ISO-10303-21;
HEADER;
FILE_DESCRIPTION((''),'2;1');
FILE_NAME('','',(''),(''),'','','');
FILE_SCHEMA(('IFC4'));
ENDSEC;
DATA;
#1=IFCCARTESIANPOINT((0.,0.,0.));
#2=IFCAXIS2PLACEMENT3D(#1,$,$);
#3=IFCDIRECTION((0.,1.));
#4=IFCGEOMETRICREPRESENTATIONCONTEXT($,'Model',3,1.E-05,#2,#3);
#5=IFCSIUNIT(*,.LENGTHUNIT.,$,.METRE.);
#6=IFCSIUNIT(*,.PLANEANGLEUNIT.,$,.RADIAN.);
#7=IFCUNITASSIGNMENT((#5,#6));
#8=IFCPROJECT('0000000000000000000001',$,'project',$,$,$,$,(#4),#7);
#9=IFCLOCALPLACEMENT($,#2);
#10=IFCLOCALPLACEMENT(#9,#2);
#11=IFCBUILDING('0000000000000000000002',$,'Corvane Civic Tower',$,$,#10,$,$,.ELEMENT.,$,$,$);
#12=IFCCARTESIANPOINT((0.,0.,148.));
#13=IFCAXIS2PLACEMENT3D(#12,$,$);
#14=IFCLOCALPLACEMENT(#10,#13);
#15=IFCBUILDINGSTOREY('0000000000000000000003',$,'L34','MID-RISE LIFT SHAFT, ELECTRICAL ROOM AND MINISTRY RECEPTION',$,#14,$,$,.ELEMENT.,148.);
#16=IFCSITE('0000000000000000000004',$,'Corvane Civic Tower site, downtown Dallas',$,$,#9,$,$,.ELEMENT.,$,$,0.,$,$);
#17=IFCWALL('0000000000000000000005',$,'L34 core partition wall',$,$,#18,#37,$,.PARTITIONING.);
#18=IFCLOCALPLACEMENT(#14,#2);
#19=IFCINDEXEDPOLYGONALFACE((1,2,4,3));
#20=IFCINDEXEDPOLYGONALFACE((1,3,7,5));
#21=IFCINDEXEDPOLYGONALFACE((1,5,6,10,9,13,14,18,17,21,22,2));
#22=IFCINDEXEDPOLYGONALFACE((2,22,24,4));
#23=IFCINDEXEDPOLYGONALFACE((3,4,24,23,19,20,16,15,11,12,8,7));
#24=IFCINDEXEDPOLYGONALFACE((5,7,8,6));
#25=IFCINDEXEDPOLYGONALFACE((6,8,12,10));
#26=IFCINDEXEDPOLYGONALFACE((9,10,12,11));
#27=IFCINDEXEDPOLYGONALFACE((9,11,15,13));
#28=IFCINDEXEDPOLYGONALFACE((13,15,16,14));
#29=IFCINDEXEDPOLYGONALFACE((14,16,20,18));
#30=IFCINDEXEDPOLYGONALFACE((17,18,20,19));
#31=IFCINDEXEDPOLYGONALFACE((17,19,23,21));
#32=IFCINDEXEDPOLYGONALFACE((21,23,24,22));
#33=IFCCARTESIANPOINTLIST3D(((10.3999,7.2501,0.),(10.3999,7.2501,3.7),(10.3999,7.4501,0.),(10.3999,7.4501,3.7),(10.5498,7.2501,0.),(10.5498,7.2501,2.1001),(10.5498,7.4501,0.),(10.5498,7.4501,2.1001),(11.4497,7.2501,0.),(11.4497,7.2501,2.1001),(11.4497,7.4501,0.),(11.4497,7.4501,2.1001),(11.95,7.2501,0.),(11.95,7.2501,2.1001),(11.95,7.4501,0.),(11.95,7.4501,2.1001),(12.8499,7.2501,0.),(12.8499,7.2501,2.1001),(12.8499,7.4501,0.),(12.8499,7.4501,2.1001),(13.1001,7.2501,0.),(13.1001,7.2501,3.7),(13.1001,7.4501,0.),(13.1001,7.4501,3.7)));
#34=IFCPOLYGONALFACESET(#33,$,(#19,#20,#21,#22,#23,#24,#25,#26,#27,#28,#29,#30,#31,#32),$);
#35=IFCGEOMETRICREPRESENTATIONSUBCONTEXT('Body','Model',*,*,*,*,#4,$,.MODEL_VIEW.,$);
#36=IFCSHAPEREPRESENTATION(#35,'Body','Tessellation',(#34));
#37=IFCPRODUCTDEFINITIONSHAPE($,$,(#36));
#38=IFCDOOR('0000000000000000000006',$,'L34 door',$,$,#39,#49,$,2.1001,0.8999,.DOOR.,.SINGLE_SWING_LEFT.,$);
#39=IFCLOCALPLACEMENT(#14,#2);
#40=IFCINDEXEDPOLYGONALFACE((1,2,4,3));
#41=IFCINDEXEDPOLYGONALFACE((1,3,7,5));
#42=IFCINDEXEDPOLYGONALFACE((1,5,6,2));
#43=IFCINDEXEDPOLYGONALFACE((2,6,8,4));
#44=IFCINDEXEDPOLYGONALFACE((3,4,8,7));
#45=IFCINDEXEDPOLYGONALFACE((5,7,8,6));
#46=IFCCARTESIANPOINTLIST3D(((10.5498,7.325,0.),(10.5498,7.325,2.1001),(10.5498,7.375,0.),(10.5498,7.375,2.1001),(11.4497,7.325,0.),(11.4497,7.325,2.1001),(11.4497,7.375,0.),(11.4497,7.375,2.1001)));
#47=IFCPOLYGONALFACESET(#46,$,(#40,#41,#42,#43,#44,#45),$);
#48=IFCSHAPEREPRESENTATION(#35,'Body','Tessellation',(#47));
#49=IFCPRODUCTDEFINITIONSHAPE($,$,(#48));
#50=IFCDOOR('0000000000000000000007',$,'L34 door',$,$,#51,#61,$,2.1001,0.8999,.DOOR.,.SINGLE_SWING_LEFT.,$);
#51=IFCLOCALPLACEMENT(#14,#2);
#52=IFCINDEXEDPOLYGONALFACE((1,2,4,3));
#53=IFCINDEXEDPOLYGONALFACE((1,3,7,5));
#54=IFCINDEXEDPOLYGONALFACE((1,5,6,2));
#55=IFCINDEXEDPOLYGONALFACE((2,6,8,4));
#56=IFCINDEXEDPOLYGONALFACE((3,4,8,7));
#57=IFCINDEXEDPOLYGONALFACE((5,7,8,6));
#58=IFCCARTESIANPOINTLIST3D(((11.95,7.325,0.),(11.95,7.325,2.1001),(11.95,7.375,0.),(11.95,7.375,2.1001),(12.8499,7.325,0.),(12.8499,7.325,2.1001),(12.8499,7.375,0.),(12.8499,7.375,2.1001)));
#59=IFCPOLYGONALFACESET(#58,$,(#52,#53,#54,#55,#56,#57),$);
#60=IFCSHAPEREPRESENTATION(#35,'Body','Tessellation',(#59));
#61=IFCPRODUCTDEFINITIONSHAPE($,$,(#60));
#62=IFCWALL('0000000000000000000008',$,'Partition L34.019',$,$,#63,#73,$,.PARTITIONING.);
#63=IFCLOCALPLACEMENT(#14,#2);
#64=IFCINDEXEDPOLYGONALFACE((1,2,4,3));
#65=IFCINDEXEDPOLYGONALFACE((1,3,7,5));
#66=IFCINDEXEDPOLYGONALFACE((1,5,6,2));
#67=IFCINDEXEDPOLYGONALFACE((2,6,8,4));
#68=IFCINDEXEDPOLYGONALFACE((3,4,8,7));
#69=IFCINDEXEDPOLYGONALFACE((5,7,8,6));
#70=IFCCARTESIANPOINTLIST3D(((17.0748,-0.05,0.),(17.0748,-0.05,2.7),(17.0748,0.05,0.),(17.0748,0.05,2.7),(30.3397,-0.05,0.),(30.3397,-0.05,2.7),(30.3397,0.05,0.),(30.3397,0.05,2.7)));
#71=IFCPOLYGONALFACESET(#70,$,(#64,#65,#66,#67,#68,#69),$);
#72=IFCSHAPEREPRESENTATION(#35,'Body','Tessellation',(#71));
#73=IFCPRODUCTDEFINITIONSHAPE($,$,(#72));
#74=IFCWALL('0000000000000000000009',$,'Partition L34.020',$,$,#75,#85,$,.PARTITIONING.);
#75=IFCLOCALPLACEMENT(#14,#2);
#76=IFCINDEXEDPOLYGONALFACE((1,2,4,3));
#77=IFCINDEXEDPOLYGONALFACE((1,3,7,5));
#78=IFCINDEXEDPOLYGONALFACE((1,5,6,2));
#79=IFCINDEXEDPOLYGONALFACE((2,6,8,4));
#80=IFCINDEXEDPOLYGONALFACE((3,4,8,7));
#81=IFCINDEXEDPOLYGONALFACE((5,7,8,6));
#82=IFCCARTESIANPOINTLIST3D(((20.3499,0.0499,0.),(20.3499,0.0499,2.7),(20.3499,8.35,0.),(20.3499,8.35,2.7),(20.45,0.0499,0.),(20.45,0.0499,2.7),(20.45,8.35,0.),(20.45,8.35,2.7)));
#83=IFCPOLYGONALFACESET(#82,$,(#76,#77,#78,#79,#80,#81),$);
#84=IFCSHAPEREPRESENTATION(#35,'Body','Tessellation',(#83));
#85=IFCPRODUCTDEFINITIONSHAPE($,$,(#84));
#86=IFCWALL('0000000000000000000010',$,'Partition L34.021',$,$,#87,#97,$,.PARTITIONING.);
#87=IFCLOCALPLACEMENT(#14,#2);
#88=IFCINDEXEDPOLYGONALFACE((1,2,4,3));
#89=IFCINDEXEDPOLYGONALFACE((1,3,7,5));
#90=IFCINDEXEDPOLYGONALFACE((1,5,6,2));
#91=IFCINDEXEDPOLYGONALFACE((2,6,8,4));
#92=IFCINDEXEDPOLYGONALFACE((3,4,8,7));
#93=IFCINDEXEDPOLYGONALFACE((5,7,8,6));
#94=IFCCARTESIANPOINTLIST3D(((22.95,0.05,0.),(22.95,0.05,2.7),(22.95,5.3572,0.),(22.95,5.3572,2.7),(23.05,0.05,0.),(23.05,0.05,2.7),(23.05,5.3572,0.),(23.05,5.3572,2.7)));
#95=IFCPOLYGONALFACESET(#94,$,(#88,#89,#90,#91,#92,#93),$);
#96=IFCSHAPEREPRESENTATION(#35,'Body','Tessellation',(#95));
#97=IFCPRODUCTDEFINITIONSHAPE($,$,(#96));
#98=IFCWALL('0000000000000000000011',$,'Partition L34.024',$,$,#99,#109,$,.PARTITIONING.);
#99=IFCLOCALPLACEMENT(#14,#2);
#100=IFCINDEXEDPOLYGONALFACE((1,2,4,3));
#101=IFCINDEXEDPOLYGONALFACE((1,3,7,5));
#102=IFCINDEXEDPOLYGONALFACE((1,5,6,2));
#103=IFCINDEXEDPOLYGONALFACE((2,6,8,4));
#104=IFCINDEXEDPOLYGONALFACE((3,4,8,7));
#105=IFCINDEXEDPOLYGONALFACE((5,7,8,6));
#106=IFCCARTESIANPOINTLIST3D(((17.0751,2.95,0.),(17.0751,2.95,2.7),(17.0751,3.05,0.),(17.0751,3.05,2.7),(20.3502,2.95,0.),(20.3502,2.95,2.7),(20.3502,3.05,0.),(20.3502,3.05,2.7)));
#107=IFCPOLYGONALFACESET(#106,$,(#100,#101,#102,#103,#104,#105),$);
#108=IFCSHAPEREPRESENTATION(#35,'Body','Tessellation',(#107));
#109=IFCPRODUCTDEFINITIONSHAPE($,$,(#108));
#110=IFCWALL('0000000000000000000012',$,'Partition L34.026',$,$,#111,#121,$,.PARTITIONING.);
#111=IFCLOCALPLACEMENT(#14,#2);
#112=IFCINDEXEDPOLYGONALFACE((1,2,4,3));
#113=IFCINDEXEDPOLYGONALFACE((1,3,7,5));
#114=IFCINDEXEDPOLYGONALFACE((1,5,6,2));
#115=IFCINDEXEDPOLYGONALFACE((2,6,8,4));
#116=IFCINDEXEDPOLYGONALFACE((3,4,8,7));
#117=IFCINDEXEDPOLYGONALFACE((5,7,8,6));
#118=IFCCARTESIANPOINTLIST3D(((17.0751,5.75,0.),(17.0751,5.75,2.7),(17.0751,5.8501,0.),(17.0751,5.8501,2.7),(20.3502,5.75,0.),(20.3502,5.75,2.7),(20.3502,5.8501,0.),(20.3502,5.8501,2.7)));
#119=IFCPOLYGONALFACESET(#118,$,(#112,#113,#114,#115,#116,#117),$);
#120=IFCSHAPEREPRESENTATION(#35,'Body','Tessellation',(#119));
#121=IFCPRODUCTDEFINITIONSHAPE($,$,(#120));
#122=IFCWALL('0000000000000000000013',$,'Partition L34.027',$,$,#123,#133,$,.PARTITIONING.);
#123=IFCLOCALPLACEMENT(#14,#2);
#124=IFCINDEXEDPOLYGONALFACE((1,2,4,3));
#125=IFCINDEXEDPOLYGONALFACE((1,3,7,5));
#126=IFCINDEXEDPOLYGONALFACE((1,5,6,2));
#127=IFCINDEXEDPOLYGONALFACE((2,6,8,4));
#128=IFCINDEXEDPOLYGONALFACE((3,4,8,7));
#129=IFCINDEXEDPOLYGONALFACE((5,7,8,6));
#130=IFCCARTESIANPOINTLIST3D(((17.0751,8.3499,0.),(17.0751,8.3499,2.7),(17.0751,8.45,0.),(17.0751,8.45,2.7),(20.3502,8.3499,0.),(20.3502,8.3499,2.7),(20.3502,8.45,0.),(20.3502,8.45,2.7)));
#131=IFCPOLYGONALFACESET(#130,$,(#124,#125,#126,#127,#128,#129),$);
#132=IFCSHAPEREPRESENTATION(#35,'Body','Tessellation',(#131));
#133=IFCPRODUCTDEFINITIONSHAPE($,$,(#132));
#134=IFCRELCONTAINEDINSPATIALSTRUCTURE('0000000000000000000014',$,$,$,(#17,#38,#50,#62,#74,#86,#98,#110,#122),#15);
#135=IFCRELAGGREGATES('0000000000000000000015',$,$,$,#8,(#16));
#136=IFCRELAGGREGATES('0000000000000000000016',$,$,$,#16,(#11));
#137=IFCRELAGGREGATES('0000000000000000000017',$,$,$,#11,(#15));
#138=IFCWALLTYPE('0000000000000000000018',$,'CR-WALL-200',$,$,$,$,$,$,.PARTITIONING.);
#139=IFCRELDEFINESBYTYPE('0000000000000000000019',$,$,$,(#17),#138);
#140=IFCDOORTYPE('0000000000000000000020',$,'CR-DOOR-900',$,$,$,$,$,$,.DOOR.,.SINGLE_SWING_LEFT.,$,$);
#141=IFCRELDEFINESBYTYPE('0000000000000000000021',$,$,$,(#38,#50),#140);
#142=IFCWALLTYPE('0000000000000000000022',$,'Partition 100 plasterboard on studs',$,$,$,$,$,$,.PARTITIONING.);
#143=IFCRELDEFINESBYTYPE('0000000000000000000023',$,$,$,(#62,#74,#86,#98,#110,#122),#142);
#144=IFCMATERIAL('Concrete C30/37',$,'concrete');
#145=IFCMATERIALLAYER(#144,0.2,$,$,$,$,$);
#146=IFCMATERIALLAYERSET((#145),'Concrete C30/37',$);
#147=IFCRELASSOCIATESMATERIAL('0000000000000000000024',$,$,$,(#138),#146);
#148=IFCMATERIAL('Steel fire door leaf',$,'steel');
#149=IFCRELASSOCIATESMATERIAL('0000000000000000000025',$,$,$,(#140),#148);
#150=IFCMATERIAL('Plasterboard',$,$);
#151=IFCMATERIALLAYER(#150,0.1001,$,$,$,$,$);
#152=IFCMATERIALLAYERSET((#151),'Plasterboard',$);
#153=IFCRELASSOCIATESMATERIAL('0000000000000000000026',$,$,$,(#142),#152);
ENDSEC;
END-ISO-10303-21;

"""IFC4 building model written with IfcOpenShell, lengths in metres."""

from ifc_helpers import new_model, si_unit, direction, frame, frame_2d, origin, place, context, subcontext, project, spatial, rectangle, extrude, material, layer, layer_set, type_object, element, fill, save


model = new_model("IFC4")

# Units and contexts
model_context = context("Model", 3, precision=1e-05, world=origin(), true_north=direction((0.0, 1.0)))
body_context = subcontext(model_context, "Body", "Model", "MODEL_VIEW")
ifc_project = project(units=[si_unit("LENGTHUNIT", "METRE"), si_unit("PLANEANGLEUNIT", "RADIAN")], contexts=[model_context])

# Site, building, storey
site_placement = place(None, origin())
site = spatial("IfcSite", under=ifc_project, at=site_placement, Name="Corvane Civic Tower site, downtown Dallas", CompositionType="ELEMENT", RefElevation=0.0)
building_placement = place(site_placement, origin())
building = spatial("IfcBuilding", under=site, at=building_placement, Name="Corvane Civic Tower", CompositionType="ELEMENT")
storey_placement = place(building_placement, frame((0.0, 0.0, 148.0)))
storey = spatial("IfcBuildingStorey", under=building, at=storey_placement, Name="L34", Description="MID-RISE LIFT SHAFT, ELECTRICAL ROOM AND MINISTRY RECEPTION", CompositionType="ELEMENT", Elevation=148.0)

# Wall, openings, doors
ifc_material_1 = material(Name="Concrete C30/37", Category="concrete")
ifc_layer_1 = layer(ifc_material_1, 0.2)
ifc_layer_set_1 = layer_set([ifc_layer_1], Name="Concrete C30/37")
wall_type_1 = type_object("IfcWallType", Name="CR-WALL-200", PredefinedType="PARTITIONING", material=ifc_layer_set_1)
wall_1_placement = place(storey_placement, frame((10.3999, 7.3501, 0.0), z_axis=(0.0, 0.0, 1.0), x_axis=(1.0, 0.0, 0.0)))
wall_1 = element("IfcWall", 1, at=wall_1_placement, inside=storey, type_object=wall_type_1, Name="L34 core partition wall", PredefinedType="PARTITIONING", context=body_context, shape_type="SweptSolid", body=[
    extrude(rectangle(XDim=2.7002, YDim=0.2, at=frame_2d((1.3501, 0.0))), origin(), (0.0, 0.0, 1.0), 3.7),
])
opening_1_placement = place(wall_1_placement, frame((0.1499, 0.0, 0.0)))
opening_1 = element("IfcOpeningElement", 2, at=opening_1_placement, cuts=wall_1, PredefinedType="OPENING", context=body_context, shape_type="SweptSolid", body=[
    extrude(rectangle(XDim=0.8999, YDim=2.1001, at=frame_2d((0.45, 1.05))), frame((0.0, 0.1099, 0.0), z_axis=(0.0, -1.0, 0.0), x_axis=(1.0, 0.0, 0.0)), (0.0, 0.0, 1.0), 0.22),
])
opening_2_placement = place(wall_1_placement, frame((1.55, 0.0, 0.0)))
opening_2 = element("IfcOpeningElement", 3, at=opening_2_placement, cuts=wall_1, PredefinedType="OPENING", context=body_context, shape_type="SweptSolid", body=[
    extrude(rectangle(XDim=0.8999, YDim=2.1001, at=frame_2d((0.45, 1.05))), frame((0.0, 0.1099, 0.0), z_axis=(0.0, -1.0, 0.0), x_axis=(1.0, 0.0, 0.0)), (0.0, 0.0, 1.0), 0.22),
])
ifc_material_2 = material(Name="Steel fire door leaf", Category="steel")
door_type = type_object("IfcDoorType", Name="CR-DOOR-900", OperationType="SINGLE_SWING_LEFT", PredefinedType="DOOR", material=ifc_material_2)
door_1_placement = place(opening_1_placement, origin())
door_1 = element("IfcDoor", 4, at=door_1_placement, inside=storey, type_object=door_type, Name="L34 door", OperationType="SINGLE_SWING_LEFT", OverallHeight=2.1001, OverallWidth=0.8999, PredefinedType="DOOR", context=body_context, shape_type="SweptSolid", body=[
    extrude(rectangle(XDim=0.8999, YDim=2.1001, at=frame_2d((0.45, 1.05))), frame((0.0, 0.0249, 0.0), z_axis=(0.0, -1.0, 0.0), x_axis=(1.0, 0.0, 0.0)), (0.0, 0.0, 1.0), 0.05),
])
fill(opening_1, door_1)
door_2_placement = place(opening_2_placement, origin())
door_2 = element("IfcDoor", 5, at=door_2_placement, inside=storey, type_object=door_type, Name="L34 door", OperationType="SINGLE_SWING_LEFT", OverallHeight=2.1001, OverallWidth=0.8999, PredefinedType="DOOR", context=body_context, shape_type="SweptSolid", body=[
    extrude(rectangle(XDim=0.8999, YDim=2.1001, at=frame_2d((0.45, 1.05))), frame((0.0, 0.0249, 0.0), z_axis=(0.0, -1.0, 0.0), x_axis=(1.0, 0.0, 0.0)), (0.0, 0.0, 1.0), 0.05),
])
fill(opening_2, door_2)

# Walls
ifc_material_3 = material(Name="Plasterboard")
ifc_layer_2 = layer(ifc_material_3, 0.1001)
ifc_layer_set_2 = layer_set([ifc_layer_2], Name="Plasterboard")
wall_type_2 = type_object("IfcWallType", Name="Partition 100 plasterboard on studs", PredefinedType="PARTITIONING", material=ifc_layer_set_2)
wall_2_placement = place(storey_placement, frame((17.075, 0.0, 0.0), z_axis=(0.0, 0.0, 1.0), x_axis=(1.0, 0.0, 0.0)))
element("IfcWall", 6, at=wall_2_placement, inside=storey, type_object=wall_type_2, Name="Partition L34.019", PredefinedType="PARTITIONING", context=body_context, shape_type="SweptSolid", body=[
    extrude(rectangle(XDim=13.2649, YDim=0.1001, at=frame_2d((6.6323, 0.0))), origin(), (0.0, 0.0, 1.0), 2.7),
])
wall_3_placement = place(storey_placement, frame((20.3999, 0.05, 0.0), z_axis=(0.0, 0.0, 1.0), x_axis=(0.0, 1.0, 0.0)))
element("IfcWall", 7, at=wall_3_placement, inside=storey, type_object=wall_type_2, Name="Partition L34.020", PredefinedType="PARTITIONING", context=body_context, shape_type="SweptSolid", body=[
    extrude(rectangle(XDim=8.3, YDim=0.1001, at=frame_2d((4.1499, 0.0))), origin(), (0.0, 0.0, 1.0), 2.7),
])
wall_4_placement = place(storey_placement, frame((23.0, 0.05, 0.0), z_axis=(0.0, 0.0, 1.0), x_axis=(0.0, 1.0, 0.0)))
element("IfcWall", 8, at=wall_4_placement, inside=storey, type_object=wall_type_2, Name="Partition L34.021", PredefinedType="PARTITIONING", context=body_context, shape_type="SweptSolid", body=[
    extrude(rectangle(XDim=5.3071, YDim=0.1001, at=frame_2d((2.6536, 0.0))), origin(), (0.0, 0.0, 1.0), 2.7),
])
for number, where, z_axis, x_axis, name in (
    (9, (17.075, 3.0, 0.0), (0.0, 0.0, 1.0), (1.0, 0.0, 0.0), "Partition L34.024"),
    (10, (17.075, 5.8, 0.0), (0.0, 0.0, 1.0), (1.0, 0.0, 0.0), "Partition L34.026"),
    (11, (17.075, 8.3999, 0.0), (0.0, 0.0, 1.0), (1.0, 0.0, 0.0), "Partition L34.027"),
):
    element("IfcWall", number, at=place(storey_placement, frame(where, z_axis=z_axis, x_axis=x_axis)), inside=storey, type_object=wall_type_2, Name=name, PredefinedType="PARTITIONING", context=body_context, shape_type="SweptSolid", body=[
        extrude(rectangle(XDim=3.2751, YDim=0.1001, at=frame_2d((1.6377, 0.0))), origin(), (0.0, 0.0, 1.0), 2.7),
    ])

save(model, "model.ifc")
